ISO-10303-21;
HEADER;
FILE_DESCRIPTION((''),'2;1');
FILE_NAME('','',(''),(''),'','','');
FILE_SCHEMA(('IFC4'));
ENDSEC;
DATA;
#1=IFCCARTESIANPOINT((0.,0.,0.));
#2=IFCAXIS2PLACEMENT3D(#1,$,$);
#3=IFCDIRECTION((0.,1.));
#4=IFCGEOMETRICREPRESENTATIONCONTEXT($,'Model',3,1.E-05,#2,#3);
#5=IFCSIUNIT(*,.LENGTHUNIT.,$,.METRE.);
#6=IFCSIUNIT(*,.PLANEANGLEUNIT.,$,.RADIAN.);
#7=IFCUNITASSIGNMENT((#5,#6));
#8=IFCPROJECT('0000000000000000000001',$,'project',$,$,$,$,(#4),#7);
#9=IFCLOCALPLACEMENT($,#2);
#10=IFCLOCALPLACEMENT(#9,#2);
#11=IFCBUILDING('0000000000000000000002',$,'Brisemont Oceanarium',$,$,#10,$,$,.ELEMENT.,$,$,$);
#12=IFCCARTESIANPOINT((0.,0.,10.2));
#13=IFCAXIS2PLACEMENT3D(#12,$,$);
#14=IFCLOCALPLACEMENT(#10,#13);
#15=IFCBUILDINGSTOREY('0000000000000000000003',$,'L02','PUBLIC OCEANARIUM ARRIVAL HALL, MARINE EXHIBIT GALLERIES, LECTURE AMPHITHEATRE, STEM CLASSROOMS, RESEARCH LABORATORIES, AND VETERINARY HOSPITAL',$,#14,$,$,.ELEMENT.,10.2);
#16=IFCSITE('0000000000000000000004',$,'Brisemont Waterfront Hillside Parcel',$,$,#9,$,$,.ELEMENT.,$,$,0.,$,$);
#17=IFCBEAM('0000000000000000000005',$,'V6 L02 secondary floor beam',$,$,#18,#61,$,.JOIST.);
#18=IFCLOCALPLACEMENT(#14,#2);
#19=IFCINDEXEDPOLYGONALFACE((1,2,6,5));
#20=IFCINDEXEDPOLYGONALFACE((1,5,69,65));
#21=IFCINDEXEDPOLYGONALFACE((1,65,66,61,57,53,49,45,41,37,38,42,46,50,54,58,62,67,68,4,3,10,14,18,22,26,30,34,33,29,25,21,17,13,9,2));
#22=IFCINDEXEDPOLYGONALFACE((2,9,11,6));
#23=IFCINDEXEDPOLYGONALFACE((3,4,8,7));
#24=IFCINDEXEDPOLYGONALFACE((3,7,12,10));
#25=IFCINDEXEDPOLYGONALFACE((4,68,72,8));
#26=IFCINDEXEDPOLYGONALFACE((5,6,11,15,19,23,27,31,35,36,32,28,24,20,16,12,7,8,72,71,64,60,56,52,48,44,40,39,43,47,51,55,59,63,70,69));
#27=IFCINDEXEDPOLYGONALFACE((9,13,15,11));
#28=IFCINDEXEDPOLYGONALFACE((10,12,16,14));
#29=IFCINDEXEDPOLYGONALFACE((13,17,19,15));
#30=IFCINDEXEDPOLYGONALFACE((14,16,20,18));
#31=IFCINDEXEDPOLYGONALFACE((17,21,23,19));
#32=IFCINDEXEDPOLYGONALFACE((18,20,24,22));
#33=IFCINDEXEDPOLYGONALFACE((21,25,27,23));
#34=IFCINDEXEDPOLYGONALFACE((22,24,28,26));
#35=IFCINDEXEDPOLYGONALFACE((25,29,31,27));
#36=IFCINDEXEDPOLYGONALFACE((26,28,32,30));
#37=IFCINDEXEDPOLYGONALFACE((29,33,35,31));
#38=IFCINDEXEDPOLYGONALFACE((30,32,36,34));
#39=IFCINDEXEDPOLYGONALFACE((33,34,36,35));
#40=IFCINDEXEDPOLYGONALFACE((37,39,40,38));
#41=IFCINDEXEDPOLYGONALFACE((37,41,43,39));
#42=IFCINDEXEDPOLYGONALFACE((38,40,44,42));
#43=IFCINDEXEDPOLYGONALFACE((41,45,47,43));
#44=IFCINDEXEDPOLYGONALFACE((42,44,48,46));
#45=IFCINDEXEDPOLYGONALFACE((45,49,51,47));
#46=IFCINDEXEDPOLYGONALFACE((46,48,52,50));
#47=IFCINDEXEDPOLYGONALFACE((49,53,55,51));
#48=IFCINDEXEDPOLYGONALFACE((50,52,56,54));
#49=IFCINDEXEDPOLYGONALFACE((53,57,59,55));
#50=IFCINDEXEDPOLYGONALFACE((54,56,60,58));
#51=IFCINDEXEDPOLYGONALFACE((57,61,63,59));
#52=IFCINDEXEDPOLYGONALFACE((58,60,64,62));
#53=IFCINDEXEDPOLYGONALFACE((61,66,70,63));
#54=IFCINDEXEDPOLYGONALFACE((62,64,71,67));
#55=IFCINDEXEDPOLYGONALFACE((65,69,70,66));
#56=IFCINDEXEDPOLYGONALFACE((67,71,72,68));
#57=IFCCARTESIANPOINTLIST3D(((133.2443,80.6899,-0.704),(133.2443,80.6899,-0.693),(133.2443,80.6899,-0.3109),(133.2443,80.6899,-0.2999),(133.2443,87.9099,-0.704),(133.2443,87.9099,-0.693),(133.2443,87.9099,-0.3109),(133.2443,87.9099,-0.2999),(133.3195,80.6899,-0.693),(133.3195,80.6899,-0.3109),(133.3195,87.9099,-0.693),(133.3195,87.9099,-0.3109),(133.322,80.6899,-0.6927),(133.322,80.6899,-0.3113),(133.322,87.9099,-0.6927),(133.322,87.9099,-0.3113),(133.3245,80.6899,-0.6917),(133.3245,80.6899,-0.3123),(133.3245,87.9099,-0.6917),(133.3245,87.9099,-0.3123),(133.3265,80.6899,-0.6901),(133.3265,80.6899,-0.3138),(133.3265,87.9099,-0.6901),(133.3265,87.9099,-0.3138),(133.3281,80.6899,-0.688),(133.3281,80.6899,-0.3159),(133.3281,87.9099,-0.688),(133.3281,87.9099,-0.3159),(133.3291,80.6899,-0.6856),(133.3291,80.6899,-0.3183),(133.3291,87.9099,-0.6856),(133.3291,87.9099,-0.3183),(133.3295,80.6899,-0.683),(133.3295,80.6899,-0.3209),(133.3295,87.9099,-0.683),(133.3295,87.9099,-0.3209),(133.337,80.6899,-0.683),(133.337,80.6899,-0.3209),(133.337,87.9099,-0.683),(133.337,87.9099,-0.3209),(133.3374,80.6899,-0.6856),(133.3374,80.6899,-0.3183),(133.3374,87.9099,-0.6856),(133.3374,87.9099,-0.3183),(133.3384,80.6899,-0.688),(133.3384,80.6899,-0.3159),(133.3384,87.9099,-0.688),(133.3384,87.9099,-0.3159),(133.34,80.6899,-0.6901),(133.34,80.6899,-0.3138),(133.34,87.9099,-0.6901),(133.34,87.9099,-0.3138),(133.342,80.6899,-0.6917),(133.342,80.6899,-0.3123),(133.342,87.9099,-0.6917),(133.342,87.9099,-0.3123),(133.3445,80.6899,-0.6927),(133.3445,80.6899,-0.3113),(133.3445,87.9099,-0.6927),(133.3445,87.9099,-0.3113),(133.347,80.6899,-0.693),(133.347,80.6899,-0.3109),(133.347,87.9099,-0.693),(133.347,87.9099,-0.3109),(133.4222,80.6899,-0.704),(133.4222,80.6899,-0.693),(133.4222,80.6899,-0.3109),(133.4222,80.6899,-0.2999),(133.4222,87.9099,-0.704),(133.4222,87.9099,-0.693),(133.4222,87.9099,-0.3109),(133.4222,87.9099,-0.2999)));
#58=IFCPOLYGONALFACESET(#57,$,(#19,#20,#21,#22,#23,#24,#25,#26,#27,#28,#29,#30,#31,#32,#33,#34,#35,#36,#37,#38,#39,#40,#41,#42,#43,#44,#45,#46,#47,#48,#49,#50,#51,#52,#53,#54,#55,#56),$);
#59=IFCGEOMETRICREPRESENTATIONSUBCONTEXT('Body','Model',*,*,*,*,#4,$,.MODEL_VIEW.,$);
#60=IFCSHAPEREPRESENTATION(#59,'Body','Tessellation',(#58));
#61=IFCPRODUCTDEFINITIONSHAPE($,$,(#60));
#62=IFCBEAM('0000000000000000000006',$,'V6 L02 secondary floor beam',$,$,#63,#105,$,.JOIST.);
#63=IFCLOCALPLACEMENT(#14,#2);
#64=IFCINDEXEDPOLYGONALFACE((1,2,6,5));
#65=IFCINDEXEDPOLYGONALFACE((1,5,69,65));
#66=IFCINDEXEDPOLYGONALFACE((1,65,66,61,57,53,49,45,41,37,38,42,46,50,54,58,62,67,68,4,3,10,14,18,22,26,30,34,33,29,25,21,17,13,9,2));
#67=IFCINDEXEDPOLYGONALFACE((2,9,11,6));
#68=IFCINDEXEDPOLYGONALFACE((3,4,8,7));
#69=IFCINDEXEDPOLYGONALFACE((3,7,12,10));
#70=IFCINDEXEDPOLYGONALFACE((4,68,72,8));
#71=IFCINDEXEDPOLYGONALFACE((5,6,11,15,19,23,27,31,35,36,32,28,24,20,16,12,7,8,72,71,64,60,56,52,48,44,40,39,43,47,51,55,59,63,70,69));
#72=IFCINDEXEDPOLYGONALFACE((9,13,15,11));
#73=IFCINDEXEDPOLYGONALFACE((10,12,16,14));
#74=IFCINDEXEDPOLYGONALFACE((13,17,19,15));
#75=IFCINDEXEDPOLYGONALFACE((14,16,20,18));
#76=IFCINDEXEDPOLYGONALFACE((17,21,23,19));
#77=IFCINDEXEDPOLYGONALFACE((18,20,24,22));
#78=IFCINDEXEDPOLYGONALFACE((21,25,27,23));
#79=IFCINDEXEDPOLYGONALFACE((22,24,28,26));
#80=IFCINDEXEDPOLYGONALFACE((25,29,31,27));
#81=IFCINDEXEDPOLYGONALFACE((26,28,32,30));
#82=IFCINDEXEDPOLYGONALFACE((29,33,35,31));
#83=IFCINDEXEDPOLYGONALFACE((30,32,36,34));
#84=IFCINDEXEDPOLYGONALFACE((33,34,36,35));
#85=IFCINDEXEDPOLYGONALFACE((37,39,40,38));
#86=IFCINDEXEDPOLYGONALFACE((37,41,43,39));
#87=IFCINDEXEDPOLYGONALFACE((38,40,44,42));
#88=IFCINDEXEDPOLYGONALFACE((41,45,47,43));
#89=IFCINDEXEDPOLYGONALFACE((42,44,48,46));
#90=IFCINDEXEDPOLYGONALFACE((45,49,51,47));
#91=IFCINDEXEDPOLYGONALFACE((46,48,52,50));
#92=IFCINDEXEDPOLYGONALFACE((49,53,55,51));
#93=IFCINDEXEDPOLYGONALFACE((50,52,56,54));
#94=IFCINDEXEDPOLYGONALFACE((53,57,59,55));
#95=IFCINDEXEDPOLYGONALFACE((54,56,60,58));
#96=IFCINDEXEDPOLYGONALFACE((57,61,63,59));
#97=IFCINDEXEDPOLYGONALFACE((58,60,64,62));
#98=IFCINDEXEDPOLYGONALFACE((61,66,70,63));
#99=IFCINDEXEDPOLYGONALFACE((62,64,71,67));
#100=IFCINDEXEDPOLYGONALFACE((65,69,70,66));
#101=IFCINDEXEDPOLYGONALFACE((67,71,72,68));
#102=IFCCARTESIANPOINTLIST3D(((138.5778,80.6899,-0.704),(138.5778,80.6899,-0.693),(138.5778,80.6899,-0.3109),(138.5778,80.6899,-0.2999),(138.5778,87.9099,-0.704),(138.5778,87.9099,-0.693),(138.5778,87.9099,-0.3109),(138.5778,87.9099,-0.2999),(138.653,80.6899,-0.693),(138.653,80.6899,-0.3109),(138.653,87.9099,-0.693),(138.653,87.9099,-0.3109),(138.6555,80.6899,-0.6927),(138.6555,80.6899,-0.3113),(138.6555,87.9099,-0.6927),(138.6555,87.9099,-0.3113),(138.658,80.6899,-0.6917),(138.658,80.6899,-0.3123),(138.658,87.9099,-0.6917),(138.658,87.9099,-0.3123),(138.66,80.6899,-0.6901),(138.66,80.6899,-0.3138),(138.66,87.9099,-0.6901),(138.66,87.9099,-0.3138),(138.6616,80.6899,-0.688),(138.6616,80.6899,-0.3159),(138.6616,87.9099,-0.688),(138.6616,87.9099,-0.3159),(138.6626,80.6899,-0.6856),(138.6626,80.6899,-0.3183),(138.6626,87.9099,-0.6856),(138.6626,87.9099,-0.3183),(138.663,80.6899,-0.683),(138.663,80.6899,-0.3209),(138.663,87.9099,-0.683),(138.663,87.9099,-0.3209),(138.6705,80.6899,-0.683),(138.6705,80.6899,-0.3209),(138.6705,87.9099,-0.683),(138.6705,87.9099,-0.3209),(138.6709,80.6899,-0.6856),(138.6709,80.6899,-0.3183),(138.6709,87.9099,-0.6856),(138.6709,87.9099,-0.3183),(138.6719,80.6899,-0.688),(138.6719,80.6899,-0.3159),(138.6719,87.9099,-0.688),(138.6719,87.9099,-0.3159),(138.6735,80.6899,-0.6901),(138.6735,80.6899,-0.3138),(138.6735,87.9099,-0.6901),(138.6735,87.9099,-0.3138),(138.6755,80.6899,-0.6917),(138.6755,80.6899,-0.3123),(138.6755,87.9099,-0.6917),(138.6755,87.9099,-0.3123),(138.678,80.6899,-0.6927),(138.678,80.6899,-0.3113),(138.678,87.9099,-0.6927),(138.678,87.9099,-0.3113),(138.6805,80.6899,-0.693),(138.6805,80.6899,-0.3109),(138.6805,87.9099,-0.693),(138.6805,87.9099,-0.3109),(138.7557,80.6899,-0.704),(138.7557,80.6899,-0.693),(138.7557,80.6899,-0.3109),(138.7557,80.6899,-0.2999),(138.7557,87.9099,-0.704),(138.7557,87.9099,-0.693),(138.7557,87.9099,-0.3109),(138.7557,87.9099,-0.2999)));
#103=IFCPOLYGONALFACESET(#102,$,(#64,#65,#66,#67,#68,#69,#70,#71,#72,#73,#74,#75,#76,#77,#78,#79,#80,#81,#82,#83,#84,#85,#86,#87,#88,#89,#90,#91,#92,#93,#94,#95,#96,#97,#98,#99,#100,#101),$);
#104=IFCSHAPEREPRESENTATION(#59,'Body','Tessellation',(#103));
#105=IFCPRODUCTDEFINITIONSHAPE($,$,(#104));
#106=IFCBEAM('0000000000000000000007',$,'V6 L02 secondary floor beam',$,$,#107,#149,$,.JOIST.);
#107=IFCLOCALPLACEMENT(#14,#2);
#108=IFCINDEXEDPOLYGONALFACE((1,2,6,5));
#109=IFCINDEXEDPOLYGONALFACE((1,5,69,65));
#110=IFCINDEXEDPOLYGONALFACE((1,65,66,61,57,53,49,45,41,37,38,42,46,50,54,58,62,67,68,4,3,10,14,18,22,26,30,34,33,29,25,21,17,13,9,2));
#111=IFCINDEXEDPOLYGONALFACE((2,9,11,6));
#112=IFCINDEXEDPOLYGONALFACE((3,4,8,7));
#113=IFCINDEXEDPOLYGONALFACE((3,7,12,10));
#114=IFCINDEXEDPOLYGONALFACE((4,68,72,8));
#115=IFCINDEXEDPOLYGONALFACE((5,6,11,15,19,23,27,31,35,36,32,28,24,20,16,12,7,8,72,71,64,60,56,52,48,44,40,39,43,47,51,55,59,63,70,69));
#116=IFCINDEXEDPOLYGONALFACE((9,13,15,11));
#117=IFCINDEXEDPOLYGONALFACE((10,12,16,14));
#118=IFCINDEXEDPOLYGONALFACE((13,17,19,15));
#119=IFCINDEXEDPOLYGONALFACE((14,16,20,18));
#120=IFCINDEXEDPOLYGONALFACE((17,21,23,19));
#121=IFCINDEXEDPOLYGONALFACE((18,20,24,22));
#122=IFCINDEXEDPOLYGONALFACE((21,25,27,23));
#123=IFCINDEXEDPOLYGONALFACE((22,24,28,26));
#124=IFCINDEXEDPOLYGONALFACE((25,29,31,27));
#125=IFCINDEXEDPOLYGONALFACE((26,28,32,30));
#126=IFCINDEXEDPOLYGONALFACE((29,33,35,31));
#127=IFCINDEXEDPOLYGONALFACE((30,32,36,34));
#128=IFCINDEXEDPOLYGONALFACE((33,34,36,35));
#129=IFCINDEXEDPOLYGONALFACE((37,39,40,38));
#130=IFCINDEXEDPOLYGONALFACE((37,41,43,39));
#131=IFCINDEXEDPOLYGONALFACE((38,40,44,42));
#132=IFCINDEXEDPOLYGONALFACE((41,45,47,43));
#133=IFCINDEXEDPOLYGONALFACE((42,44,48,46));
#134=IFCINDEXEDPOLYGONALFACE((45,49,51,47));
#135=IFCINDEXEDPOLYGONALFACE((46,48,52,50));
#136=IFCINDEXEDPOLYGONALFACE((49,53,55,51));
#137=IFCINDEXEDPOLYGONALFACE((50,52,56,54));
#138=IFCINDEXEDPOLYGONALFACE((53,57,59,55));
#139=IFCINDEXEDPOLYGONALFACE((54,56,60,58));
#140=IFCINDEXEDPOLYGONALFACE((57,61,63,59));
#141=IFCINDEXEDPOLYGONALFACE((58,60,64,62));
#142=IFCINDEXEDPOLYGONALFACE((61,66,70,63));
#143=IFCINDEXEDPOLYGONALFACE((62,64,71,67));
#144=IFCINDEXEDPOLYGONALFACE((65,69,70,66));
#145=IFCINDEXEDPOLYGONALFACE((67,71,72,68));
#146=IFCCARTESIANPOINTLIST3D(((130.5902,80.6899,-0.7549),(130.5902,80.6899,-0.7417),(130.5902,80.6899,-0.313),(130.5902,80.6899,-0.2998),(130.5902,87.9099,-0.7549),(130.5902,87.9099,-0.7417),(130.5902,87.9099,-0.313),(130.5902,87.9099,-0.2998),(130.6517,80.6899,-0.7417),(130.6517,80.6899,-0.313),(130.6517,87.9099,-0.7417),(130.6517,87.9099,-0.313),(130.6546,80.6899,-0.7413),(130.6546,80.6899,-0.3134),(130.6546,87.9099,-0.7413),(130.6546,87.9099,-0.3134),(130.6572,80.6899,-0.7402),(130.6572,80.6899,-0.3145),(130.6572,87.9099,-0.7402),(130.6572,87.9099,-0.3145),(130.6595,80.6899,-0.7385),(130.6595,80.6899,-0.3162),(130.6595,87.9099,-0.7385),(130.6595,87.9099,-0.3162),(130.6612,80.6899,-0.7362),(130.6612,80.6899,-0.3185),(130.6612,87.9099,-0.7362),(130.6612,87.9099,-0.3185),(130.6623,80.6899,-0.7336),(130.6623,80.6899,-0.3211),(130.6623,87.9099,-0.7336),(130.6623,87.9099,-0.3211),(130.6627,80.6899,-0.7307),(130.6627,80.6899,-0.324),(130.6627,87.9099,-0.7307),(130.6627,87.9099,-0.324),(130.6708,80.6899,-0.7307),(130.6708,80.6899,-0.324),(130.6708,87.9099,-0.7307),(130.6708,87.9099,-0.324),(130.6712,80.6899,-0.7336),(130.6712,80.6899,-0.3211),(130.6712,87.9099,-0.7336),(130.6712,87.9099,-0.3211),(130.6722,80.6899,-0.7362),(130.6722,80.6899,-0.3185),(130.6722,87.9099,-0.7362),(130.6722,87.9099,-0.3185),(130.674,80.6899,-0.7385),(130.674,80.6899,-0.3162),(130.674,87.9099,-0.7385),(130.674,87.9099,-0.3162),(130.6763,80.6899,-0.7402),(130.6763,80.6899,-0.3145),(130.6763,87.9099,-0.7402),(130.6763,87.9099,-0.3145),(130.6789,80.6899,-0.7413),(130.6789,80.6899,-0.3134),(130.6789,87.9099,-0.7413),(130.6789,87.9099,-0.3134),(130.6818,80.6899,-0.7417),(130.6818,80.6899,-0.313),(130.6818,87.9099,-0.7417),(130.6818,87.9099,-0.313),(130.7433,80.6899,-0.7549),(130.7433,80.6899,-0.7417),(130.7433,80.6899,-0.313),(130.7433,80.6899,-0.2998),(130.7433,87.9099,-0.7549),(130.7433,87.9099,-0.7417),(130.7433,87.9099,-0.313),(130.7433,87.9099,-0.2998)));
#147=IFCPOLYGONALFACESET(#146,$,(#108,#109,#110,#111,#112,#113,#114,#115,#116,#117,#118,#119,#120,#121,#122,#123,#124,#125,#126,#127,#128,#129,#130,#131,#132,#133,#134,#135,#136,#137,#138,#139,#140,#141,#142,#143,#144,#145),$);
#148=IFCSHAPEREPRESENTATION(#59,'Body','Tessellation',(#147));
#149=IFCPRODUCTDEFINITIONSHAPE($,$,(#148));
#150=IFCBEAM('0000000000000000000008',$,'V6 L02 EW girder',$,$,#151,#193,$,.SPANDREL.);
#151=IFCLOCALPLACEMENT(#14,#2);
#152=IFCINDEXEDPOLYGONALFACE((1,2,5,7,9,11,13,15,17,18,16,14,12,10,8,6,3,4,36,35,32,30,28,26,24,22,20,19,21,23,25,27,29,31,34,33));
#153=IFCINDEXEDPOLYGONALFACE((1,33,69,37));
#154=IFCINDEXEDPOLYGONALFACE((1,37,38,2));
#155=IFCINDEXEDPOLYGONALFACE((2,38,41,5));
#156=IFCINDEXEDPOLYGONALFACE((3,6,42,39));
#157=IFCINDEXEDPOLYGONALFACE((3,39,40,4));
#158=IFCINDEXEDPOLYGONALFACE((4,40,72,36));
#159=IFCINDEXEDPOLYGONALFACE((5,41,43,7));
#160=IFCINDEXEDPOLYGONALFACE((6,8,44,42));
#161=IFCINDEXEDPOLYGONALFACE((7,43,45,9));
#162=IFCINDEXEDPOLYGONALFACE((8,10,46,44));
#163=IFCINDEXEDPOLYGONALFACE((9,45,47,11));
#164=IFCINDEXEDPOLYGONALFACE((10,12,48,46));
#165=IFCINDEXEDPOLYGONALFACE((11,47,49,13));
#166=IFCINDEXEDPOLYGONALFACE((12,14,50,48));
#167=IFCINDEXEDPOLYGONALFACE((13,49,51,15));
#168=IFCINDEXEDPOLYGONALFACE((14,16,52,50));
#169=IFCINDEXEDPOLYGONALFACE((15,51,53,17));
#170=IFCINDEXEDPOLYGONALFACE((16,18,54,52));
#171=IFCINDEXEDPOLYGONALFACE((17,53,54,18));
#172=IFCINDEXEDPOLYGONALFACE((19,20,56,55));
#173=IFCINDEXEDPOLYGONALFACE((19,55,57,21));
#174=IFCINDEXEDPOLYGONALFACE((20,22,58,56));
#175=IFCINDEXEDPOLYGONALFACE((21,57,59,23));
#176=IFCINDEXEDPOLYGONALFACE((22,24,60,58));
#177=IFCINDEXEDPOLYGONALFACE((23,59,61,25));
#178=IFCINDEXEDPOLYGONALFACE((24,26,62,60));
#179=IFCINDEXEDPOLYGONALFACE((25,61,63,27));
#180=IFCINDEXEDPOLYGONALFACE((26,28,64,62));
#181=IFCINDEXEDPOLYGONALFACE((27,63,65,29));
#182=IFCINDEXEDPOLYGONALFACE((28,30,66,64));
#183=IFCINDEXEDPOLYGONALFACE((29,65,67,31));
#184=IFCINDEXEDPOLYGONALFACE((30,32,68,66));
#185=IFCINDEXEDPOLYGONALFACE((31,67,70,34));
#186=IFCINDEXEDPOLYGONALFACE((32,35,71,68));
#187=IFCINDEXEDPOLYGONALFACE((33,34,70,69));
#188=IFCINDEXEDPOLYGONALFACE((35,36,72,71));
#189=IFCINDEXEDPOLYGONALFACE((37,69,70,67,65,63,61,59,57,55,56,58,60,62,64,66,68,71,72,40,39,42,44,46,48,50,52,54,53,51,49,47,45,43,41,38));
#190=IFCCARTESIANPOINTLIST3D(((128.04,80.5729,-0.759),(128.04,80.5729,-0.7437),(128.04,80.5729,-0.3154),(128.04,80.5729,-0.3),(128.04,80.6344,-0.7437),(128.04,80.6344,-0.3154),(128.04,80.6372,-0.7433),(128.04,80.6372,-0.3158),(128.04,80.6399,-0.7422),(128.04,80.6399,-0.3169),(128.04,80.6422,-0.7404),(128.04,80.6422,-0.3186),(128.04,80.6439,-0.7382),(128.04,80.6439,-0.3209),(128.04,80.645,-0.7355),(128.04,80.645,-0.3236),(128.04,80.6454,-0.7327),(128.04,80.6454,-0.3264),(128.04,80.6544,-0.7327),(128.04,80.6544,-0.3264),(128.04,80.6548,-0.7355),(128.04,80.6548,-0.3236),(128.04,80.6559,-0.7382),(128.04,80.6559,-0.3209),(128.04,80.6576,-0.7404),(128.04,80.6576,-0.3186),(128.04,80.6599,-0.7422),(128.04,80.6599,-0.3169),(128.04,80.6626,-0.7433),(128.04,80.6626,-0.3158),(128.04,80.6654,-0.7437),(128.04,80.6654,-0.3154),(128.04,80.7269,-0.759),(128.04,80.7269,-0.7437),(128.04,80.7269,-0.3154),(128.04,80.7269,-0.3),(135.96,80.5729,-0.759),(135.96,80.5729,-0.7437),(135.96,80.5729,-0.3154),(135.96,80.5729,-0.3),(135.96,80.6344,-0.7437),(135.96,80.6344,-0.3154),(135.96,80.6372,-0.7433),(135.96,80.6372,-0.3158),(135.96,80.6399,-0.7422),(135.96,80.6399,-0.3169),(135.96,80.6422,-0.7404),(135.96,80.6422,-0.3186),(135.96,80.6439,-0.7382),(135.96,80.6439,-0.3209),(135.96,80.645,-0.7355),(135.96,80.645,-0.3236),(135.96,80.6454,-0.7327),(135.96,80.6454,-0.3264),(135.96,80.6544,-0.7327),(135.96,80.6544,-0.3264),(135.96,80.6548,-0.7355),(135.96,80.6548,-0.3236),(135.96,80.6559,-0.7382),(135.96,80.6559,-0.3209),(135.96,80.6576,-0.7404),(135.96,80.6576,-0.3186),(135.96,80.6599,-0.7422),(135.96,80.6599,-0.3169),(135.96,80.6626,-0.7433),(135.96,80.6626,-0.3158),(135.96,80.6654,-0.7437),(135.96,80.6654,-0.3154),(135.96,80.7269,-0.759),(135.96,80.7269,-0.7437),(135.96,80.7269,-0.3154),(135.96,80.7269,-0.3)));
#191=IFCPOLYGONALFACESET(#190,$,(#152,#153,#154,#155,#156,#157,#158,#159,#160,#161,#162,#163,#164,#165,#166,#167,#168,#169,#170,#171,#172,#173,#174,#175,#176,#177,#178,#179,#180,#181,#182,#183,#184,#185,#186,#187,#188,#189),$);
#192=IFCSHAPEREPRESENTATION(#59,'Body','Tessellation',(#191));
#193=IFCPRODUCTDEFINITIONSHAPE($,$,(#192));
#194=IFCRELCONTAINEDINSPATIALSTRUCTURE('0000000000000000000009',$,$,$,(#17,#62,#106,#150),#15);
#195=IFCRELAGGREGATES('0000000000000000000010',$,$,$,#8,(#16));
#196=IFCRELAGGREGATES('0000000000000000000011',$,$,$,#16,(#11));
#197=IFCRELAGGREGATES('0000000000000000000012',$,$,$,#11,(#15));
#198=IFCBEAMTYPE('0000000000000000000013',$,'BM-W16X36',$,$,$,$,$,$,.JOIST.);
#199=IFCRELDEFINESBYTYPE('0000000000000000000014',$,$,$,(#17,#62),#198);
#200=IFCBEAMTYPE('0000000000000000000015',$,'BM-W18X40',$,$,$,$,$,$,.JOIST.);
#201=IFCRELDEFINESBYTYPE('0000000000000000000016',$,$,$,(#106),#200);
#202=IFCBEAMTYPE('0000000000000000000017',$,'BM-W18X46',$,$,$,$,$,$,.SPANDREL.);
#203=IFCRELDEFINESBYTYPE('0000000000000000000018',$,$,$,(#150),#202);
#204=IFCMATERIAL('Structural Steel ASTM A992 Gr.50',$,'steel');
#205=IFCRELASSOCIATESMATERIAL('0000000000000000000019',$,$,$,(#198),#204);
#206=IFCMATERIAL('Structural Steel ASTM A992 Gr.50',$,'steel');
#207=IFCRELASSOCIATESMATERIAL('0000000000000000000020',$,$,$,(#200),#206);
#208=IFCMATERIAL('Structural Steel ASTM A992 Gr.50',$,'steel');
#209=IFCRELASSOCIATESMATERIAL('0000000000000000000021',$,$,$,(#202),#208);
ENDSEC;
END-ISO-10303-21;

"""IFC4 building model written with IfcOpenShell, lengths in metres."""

from ifc_helpers import new_model, si_unit, direction, frame, origin, origin_2d, place, context, subcontext, project, spatial, i_section, extrude, material, material_profile, profile_set, type_object, element, save


model = new_model("IFC4")

# Units and contexts
model_context = context("Model", 3, precision=1e-05, world=origin(), true_north=direction((0.0, 1.0)))
body_context = subcontext(model_context, "Body", "Model", "MODEL_VIEW")
ifc_project = project(units=[si_unit("LENGTHUNIT", "METRE"), si_unit("PLANEANGLEUNIT", "RADIAN")], contexts=[model_context])

# Site, building, storey
site_placement = place(None, origin())
site = spatial("IfcSite", under=ifc_project, at=site_placement, Name="Brisemont Waterfront Hillside Parcel", CompositionType="ELEMENT", RefElevation=0.0)
building_placement = place(site_placement, origin())
building = spatial("IfcBuilding", under=site, at=building_placement, Name="Brisemont Oceanarium", CompositionType="ELEMENT")
storey_placement = place(building_placement, frame((0.0, 0.0, 10.2)))
storey = spatial("IfcBuildingStorey", under=building, at=storey_placement, Name="L02", Description="PUBLIC OCEANARIUM ARRIVAL HALL, MARINE EXHIBIT GALLERIES, LECTURE AMPHITHEATRE, STEM CLASSROOMS, RESEARCH LABORATORIES, AND VETERINARY HOSPITAL", CompositionType="ELEMENT", Elevation=10.2)

# Beams
ifc_material_1 = material(Name="Structural Steel ASTM A992 Gr.50", Category="steel")
ifc_material_profile_1 = material_profile(ifc_material_1, i_section(OverallWidth=0.178, OverallDepth=0.4041, WebThickness=0.0076, FlangeThickness=0.011, FilletRadius=0.01, at=origin_2d()), Name="W16X36")
ifc_profile_set_1 = profile_set([ifc_material_profile_1], Name="Structural Steel ASTM A992 Gr.50")
beam_type_1 = type_object("IfcBeamType", Name="BM-W16X36", PredefinedType="JOIST", material=ifc_profile_set_1)
for number, where, z_axis, x_axis, name in (
    (1, (133.3333, 80.6899, -0.502), (0.0, 1.0, 0.0), (-1.0, 0.0, 0.0), "V6 L02 secondary floor beam"),
    (2, (138.6667, 80.6899, -0.502), (0.0, 1.0, 0.0), (-1.0, 0.0, 0.0), "V6 L02 secondary floor beam"),
):
    element("IfcBeam", number, at=place(storey_placement, frame(where, z_axis=z_axis, x_axis=x_axis)), inside=storey, type_object=beam_type_1, Name=name, PredefinedType="JOIST", context=body_context, shape_type="SweptSolid", body=[
        extrude(i_section(OverallWidth=0.178, OverallDepth=0.4041, WebThickness=0.0076, FlangeThickness=0.011, FilletRadius=0.01, at=origin_2d()), origin(), (0.0, 0.0, 1.0), 7.22),
    ])
ifc_material_2 = material(Name="Structural Steel ASTM A992 Gr.50", Category="steel")
ifc_material_profile_2 = material_profile(ifc_material_2, i_section(OverallWidth=0.1531, OverallDepth=0.4551, WebThickness=0.0081, FlangeThickness=0.0132, FilletRadius=0.011, at=origin_2d()), Name="W18X40")
ifc_profile_set_2 = profile_set([ifc_material_profile_2], Name="Structural Steel ASTM A992 Gr.50")
beam_type_2 = type_object("IfcBeamType", Name="BM-W18X40", PredefinedType="JOIST", material=ifc_profile_set_2)
beam_1_placement = place(storey_placement, frame((130.6667, 80.6899, -0.5273), z_axis=(0.0, 1.0, 0.0), x_axis=(-1.0, 0.0, 0.0)))
element("IfcBeam", 3, at=beam_1_placement, inside=storey, type_object=beam_type_2, Name="V6 L02 secondary floor beam", PredefinedType="JOIST", context=body_context, shape_type="SweptSolid", body=[
    extrude(i_section(OverallWidth=0.1531, OverallDepth=0.4551, WebThickness=0.0081, FlangeThickness=0.0132, FilletRadius=0.011, at=origin_2d()), origin(), (0.0, 0.0, 1.0), 7.22),
])
ifc_material_3 = material(Name="Structural Steel ASTM A992 Gr.50", Category="steel")
ifc_material_profile_3 = material_profile(ifc_material_3, i_section(OverallWidth=0.1541, OverallDepth=0.459, WebThickness=0.009, FlangeThickness=0.0154, FilletRadius=0.011, at=origin_2d()), Name="W18X46")
ifc_profile_set_3 = profile_set([ifc_material_profile_3], Name="Structural Steel ASTM A992 Gr.50")
beam_type_3 = type_object("IfcBeamType", Name="BM-W18X46", PredefinedType="SPANDREL", material=ifc_profile_set_3)
beam_2_placement = place(storey_placement, frame((128.04, 80.6499, -0.5295), z_axis=(1.0, 0.0, 0.0), x_axis=(0.0, 1.0, 0.0)))
element("IfcBeam", 4, at=beam_2_placement, inside=storey, type_object=beam_type_3, Name="V6 L02 EW girder", PredefinedType="SPANDREL", context=body_context, shape_type="SweptSolid", body=[
    extrude(i_section(OverallWidth=0.1541, OverallDepth=0.459, WebThickness=0.009, FlangeThickness=0.0154, FilletRadius=0.011, at=origin_2d()), origin(), (0.0, 0.0, 1.0), 7.9199),
])

save(model, "model.ifc")
